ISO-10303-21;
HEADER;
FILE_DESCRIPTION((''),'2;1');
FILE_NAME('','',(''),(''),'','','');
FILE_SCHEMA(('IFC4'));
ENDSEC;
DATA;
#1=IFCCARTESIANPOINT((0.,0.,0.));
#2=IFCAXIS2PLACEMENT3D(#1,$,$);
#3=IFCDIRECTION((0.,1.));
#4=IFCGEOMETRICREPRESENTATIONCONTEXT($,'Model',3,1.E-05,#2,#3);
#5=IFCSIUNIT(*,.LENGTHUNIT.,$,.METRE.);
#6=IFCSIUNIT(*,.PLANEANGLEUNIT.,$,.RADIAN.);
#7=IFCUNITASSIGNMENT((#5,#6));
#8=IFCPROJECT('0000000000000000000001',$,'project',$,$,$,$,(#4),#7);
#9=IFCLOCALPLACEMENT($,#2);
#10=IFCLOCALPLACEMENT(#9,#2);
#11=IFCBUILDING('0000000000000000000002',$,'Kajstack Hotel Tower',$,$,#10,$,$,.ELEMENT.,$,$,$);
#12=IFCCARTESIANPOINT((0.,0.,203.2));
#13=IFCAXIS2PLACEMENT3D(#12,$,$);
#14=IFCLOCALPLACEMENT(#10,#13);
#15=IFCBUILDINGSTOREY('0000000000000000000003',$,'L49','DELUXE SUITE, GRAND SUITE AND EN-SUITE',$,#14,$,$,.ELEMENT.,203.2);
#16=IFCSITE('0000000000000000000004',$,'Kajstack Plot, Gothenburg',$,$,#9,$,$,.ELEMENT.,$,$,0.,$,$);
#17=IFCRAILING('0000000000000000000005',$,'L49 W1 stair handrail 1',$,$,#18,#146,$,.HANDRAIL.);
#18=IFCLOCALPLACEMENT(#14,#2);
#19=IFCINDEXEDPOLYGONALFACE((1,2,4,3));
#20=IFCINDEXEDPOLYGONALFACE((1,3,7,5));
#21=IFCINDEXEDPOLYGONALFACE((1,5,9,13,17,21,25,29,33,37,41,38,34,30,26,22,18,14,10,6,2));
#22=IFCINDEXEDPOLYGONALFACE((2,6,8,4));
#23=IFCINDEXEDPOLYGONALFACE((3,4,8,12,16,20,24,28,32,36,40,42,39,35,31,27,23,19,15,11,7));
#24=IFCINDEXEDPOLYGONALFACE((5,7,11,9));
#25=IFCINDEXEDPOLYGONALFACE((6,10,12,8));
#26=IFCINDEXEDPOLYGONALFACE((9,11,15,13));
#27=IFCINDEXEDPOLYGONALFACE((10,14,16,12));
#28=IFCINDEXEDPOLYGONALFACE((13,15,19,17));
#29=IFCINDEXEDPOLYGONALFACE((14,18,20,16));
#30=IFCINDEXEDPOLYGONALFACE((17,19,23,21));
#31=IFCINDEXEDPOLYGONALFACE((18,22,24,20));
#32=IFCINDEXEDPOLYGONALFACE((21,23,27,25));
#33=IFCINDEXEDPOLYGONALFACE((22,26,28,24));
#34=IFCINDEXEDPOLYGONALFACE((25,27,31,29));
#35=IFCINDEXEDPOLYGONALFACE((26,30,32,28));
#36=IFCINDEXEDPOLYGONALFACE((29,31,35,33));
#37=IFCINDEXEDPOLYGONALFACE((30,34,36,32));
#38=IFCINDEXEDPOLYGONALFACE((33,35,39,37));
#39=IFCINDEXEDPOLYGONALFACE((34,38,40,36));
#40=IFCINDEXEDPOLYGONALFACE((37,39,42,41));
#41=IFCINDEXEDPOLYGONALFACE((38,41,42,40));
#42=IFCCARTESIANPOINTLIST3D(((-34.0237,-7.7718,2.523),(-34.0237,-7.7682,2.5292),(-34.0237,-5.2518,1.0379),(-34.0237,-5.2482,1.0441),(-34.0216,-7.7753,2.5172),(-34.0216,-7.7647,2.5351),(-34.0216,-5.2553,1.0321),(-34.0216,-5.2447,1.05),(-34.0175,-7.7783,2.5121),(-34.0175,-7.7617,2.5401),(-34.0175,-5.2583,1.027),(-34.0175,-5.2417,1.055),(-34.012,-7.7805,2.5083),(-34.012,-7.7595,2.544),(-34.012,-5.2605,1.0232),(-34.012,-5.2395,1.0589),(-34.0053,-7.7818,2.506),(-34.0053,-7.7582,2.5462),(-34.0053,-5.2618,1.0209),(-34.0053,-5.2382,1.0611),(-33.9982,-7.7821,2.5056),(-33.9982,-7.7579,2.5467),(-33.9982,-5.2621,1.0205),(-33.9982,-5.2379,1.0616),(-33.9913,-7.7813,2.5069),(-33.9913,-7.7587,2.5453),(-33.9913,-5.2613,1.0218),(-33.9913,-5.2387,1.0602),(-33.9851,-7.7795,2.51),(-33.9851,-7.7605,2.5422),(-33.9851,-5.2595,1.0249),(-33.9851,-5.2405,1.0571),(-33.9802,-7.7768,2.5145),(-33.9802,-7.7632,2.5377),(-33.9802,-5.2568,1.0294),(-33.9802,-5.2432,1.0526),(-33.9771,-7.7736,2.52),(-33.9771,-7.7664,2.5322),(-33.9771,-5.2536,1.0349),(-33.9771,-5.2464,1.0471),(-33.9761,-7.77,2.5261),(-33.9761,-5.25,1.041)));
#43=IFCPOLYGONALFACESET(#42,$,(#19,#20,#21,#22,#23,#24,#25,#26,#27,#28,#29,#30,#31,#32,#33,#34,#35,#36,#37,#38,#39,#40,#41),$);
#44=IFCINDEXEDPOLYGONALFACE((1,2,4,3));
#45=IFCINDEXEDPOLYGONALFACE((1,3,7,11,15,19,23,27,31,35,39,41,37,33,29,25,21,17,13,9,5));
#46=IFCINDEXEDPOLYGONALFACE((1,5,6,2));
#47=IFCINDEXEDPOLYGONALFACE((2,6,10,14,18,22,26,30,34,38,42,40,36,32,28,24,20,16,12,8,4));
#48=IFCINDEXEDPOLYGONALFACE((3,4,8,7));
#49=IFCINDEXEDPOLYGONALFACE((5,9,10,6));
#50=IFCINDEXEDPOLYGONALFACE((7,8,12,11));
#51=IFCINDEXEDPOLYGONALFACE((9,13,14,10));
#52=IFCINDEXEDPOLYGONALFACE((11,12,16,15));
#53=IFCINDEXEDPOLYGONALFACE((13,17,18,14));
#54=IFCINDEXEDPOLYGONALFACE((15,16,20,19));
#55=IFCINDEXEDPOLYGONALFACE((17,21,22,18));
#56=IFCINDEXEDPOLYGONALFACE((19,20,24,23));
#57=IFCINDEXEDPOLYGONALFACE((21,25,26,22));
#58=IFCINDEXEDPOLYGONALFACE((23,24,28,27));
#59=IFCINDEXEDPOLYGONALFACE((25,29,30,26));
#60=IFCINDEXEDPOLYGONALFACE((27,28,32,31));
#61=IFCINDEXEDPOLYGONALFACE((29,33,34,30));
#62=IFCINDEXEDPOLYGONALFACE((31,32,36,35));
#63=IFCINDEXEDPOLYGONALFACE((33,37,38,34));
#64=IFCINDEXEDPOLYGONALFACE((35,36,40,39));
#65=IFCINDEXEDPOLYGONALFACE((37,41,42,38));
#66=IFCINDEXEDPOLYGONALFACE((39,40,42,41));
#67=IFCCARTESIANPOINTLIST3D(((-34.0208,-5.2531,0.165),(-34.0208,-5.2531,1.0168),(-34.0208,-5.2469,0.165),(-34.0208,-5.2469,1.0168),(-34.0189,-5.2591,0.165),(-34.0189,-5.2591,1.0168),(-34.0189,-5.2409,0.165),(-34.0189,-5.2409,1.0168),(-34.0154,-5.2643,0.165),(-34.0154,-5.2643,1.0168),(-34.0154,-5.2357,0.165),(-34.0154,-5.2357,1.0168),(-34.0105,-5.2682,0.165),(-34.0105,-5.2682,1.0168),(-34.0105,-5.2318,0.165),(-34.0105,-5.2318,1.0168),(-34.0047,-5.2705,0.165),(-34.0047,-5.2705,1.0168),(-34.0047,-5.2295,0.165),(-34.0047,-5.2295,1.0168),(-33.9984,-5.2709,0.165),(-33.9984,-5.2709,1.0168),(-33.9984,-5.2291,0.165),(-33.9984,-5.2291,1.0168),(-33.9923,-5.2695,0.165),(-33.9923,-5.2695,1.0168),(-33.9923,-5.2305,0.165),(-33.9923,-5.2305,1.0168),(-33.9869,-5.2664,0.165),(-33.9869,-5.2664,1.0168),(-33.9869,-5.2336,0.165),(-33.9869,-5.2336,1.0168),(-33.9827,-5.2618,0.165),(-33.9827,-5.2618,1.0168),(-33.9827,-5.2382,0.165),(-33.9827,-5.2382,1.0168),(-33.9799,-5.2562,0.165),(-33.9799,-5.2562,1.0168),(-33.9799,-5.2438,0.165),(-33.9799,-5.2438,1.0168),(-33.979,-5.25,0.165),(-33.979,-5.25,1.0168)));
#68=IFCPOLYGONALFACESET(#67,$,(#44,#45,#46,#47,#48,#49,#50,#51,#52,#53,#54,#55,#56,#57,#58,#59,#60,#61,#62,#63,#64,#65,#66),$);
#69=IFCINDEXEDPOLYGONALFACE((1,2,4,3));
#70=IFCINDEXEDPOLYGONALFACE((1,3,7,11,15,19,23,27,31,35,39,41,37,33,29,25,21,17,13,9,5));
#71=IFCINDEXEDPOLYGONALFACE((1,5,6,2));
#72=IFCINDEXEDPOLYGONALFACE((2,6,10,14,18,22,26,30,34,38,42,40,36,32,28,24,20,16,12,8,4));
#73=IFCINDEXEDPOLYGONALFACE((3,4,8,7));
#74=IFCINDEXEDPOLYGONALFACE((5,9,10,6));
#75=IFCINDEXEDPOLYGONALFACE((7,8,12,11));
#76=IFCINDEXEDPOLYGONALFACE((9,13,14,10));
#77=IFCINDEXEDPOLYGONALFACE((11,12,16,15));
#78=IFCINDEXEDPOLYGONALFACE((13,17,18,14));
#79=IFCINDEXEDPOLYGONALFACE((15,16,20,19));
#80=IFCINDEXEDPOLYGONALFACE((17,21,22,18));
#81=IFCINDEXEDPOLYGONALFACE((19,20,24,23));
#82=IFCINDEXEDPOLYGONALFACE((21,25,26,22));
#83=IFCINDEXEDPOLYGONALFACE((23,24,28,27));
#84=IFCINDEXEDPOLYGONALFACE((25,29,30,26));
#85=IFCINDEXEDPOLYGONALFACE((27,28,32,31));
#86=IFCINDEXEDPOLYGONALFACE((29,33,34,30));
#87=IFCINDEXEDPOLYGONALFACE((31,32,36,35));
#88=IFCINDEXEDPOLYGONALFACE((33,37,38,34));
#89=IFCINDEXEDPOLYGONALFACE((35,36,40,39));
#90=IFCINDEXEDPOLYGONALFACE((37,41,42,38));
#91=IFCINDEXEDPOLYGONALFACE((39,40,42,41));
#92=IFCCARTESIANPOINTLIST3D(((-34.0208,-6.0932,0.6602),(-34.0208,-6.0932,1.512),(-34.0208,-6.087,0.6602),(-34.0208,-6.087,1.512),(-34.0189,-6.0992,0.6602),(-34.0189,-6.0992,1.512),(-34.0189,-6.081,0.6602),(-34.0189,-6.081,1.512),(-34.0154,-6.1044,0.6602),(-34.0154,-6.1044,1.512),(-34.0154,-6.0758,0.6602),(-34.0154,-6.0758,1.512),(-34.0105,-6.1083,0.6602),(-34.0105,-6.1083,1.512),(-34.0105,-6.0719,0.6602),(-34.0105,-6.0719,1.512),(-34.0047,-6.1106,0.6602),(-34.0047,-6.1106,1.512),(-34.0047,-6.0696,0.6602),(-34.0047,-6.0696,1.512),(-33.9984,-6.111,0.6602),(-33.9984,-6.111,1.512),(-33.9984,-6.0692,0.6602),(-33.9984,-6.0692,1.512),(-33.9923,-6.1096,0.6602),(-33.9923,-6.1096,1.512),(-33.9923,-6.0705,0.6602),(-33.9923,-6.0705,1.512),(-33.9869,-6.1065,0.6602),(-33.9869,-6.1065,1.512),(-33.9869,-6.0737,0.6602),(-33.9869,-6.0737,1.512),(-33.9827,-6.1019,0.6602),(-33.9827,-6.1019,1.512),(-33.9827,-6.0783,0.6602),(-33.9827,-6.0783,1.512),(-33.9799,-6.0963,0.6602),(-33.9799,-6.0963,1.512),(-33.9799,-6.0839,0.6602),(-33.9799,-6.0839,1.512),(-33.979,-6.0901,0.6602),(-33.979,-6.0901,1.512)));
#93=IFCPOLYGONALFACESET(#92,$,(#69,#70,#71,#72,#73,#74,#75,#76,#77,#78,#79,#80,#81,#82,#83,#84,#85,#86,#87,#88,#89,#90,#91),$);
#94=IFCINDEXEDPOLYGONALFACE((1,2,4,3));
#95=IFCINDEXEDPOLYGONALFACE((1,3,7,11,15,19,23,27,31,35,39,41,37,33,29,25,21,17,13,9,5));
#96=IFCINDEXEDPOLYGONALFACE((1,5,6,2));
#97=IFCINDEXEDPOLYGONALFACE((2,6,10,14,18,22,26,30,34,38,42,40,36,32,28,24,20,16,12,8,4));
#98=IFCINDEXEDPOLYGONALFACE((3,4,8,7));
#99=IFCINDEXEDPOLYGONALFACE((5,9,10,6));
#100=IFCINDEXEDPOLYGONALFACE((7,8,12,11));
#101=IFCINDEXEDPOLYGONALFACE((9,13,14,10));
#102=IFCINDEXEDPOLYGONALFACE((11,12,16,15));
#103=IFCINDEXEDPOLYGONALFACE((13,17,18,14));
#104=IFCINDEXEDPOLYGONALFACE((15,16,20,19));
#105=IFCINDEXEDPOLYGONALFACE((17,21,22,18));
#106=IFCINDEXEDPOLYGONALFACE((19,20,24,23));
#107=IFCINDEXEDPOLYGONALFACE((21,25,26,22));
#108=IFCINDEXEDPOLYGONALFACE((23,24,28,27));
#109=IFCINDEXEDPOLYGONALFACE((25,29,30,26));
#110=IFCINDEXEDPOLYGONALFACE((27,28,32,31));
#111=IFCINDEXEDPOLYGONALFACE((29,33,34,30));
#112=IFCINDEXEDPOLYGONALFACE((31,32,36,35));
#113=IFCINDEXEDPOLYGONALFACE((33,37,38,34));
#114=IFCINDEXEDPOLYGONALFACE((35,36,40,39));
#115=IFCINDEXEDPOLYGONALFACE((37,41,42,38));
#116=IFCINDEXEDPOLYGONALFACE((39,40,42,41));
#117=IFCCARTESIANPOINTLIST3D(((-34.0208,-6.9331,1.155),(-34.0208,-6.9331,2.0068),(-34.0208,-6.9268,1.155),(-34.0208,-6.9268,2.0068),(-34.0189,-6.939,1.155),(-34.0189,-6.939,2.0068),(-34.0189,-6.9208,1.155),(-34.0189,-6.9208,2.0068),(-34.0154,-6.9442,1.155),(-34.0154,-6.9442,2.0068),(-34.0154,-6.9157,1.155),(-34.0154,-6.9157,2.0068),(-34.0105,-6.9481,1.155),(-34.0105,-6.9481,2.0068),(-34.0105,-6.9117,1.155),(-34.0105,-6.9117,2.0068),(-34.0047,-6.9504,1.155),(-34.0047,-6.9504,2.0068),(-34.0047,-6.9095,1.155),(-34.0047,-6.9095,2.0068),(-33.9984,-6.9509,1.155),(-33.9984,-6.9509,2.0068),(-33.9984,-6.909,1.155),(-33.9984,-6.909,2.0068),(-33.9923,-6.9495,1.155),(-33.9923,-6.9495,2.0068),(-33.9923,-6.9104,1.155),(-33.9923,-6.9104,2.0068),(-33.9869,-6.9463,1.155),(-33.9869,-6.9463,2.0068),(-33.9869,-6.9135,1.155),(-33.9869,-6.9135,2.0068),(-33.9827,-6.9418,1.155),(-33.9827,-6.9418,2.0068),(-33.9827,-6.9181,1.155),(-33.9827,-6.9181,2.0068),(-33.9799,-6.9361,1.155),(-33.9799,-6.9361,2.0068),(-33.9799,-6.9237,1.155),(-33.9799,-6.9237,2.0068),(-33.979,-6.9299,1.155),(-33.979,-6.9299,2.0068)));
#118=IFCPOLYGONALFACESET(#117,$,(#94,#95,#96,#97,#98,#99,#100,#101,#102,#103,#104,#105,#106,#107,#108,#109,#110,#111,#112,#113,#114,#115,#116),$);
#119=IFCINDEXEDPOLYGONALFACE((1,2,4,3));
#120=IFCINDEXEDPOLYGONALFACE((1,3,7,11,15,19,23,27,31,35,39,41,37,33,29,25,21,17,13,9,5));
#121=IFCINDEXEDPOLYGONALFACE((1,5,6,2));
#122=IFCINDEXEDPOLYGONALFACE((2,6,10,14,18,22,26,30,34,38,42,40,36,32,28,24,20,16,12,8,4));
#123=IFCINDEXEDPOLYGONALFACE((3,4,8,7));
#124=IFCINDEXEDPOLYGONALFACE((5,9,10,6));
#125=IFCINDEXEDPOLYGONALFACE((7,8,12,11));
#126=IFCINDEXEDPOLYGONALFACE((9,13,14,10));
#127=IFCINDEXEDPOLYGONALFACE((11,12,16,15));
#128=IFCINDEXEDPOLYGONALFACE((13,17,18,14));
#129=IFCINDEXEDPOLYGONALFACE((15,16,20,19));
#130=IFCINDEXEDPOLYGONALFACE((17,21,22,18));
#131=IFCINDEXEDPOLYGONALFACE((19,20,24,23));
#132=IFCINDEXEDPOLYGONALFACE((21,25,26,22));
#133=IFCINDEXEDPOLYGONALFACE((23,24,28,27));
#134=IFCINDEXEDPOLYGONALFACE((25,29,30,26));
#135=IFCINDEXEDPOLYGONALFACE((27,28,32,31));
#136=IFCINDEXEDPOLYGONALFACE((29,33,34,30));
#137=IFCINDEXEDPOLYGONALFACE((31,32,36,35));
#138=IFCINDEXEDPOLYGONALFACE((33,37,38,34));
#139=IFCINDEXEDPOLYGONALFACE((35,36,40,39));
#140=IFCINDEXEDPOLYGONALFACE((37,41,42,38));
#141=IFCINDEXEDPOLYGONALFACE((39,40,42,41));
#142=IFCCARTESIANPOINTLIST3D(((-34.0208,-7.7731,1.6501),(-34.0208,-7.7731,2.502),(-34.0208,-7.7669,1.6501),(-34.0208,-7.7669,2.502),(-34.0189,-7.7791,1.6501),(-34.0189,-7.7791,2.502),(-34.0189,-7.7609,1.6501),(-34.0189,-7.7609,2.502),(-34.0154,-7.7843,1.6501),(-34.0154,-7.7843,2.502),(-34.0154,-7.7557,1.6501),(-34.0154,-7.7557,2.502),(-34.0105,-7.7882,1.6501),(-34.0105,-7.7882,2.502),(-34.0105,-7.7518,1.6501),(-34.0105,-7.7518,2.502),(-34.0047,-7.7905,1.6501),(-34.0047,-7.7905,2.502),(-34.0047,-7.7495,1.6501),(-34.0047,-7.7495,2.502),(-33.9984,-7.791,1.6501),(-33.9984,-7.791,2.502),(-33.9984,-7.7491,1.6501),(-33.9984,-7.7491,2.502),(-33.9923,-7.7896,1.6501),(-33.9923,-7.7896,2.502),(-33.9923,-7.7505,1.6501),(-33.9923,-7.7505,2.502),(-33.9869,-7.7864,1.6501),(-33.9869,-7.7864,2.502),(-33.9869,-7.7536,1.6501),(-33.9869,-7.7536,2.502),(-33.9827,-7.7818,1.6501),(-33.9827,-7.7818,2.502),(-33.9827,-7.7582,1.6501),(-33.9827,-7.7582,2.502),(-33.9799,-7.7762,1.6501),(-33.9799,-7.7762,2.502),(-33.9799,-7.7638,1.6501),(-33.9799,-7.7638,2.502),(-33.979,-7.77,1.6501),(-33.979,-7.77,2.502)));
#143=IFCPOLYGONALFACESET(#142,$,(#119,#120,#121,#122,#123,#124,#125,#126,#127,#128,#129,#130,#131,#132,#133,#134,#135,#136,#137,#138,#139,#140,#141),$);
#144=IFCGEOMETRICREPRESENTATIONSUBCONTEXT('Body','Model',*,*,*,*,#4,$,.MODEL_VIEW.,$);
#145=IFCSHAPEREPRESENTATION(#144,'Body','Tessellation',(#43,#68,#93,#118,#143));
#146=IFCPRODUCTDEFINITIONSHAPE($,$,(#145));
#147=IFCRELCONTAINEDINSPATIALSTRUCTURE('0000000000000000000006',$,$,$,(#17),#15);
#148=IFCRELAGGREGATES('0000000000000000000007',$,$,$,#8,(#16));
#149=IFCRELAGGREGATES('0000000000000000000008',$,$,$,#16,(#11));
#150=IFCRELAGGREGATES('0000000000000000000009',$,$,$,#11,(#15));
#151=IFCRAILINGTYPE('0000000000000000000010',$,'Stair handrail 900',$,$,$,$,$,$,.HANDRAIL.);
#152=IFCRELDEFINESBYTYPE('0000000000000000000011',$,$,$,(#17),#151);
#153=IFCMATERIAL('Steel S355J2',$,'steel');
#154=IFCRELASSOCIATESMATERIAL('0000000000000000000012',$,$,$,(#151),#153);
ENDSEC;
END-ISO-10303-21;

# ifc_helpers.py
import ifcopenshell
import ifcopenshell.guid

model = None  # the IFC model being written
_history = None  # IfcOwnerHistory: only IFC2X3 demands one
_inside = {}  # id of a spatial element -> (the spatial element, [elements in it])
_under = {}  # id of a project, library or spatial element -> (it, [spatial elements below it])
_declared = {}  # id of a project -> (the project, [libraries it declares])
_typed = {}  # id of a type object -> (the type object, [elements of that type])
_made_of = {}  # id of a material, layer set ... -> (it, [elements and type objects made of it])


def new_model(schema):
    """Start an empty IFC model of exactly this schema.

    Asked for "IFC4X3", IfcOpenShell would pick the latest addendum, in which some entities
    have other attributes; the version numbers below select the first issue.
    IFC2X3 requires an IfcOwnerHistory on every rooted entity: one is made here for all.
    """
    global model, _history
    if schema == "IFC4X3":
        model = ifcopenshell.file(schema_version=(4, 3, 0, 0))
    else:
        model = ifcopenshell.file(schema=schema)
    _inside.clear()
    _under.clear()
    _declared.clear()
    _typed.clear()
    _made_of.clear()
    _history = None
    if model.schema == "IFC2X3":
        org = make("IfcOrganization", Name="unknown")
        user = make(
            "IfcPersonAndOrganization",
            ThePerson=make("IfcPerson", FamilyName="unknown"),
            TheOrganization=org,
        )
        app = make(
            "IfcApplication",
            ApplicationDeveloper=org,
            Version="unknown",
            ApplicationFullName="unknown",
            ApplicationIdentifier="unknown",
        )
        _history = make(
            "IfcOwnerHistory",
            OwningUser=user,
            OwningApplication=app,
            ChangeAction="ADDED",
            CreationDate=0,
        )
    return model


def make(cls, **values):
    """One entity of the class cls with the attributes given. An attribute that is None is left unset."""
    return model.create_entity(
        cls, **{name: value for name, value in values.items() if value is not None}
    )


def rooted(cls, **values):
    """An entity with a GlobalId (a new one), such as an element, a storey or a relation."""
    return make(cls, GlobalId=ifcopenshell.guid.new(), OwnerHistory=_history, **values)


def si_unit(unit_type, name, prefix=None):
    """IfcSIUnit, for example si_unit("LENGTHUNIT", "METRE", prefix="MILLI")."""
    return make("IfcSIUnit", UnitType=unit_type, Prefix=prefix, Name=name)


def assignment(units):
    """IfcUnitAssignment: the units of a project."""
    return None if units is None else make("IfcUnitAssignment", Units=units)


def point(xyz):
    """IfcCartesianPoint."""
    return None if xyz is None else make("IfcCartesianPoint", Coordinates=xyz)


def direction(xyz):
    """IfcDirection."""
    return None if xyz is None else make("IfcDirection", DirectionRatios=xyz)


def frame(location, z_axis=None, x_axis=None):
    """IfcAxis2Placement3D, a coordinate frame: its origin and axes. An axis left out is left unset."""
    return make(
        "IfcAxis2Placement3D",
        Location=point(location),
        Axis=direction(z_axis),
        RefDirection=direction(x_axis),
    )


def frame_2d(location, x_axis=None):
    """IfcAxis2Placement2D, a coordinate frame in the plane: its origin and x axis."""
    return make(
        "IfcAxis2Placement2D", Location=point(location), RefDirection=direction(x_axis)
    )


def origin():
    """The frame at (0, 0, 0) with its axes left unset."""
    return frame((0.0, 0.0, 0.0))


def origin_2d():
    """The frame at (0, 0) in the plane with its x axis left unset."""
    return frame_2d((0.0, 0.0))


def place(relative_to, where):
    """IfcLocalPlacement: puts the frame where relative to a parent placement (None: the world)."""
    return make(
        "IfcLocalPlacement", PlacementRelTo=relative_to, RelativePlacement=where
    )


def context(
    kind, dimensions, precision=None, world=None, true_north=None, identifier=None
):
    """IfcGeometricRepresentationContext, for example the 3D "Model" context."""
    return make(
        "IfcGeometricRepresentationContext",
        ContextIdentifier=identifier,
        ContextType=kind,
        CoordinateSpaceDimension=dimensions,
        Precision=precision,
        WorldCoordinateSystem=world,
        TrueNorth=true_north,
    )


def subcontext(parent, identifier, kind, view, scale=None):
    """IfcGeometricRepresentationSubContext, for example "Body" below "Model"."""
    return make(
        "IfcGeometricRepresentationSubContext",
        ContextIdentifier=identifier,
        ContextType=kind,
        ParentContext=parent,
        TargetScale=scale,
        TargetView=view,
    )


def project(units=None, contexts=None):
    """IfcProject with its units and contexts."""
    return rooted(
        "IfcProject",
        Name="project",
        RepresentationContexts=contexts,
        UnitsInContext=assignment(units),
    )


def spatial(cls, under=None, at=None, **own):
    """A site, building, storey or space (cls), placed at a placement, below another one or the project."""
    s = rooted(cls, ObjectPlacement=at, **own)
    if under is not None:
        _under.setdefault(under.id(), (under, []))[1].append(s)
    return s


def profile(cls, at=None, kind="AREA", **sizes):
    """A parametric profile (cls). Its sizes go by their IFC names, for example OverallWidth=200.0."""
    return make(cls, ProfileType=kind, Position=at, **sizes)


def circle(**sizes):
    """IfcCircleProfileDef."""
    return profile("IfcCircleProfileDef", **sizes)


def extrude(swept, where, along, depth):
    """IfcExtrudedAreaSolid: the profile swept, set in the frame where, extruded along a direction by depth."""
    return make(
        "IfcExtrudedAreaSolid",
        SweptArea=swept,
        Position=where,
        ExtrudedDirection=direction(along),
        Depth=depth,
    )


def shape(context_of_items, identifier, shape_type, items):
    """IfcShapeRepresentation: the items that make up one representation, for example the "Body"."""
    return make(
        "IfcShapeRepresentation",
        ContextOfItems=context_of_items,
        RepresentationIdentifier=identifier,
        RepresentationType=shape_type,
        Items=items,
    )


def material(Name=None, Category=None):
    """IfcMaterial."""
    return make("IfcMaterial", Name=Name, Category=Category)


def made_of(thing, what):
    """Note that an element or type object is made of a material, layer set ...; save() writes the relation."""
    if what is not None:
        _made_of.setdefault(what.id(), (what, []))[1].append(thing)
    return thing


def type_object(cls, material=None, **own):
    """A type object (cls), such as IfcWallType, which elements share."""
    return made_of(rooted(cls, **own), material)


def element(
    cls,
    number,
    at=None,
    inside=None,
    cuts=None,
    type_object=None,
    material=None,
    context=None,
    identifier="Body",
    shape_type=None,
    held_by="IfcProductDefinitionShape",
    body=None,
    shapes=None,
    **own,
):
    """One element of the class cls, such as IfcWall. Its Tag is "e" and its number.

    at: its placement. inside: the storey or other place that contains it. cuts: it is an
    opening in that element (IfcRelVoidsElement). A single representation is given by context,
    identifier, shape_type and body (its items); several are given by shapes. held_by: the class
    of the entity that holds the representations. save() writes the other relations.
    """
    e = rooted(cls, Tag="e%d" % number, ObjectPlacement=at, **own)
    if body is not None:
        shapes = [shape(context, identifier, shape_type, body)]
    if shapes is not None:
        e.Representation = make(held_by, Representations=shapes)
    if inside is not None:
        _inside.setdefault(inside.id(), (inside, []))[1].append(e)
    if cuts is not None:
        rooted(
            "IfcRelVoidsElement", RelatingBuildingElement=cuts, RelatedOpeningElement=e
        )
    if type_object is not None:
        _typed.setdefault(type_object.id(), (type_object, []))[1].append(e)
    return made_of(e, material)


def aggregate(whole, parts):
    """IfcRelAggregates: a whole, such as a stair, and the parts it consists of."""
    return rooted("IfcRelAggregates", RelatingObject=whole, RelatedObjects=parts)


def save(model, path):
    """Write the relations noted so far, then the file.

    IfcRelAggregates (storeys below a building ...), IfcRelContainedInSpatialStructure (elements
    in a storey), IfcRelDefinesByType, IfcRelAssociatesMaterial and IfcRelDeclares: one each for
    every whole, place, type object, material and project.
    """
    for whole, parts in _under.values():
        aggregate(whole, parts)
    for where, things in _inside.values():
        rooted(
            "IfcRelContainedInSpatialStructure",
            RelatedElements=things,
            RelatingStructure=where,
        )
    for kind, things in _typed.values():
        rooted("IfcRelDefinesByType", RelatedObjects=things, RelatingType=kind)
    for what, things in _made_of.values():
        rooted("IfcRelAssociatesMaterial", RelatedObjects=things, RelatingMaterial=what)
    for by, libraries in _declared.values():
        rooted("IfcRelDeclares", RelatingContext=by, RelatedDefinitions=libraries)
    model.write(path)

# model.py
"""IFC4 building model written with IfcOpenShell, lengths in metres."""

from ifc_helpers import new_model, si_unit, direction, frame, origin, origin_2d, place, context, subcontext, project, spatial, circle, extrude, material, type_object, element, save


model = new_model("IFC4")

# Units and contexts
model_context = context("Model", 3, precision=1e-05, world=origin(), true_north=direction((0.0, 1.0)))
body_context = subcontext(model_context, "Body", "Model", "MODEL_VIEW")
ifc_project = project(units=[si_unit("LENGTHUNIT", "METRE"), si_unit("PLANEANGLEUNIT", "RADIAN")], contexts=[model_context])

# Site, building, storey
site_placement = place(None, origin())
site = spatial("IfcSite", under=ifc_project, at=site_placement, Name="Kajstack Plot, Gothenburg", CompositionType="ELEMENT", RefElevation=0.0)
building_placement = place(site_placement, origin())
building = spatial("IfcBuilding", under=site, at=building_placement, Name="Kajstack Hotel Tower", CompositionType="ELEMENT")
storey_placement = place(building_placement, frame((0.0, 0.0, 203.2)))
storey = spatial("IfcBuildingStorey", under=building, at=storey_placement, Name="L49", Description="DELUXE SUITE, GRAND SUITE AND EN-SUITE", CompositionType="ELEMENT", Elevation=203.2)

# Railing
ifc_material_1 = material(Name="Steel S355J2", Category="steel")
railing_type = type_object("IfcRailingType", Name="Stair handrail 900", PredefinedType="HANDRAIL", material=ifc_material_1)
railing_1_placement = place(storey_placement, frame((-34.0, -5.25, 0.165)))
element("IfcRailing", 1, at=railing_1_placement, inside=storey, type_object=railing_type, Name="L49 W1 stair handrail 1", PredefinedType="HANDRAIL", context=body_context, shape_type="SweptSolid", body=[
    extrude(circle(Radius=0.0239, at=origin_2d()), frame((0.0, 0.0, 0.876), z_axis=(0.0, -0.861524, 0.507717), x_axis=(1.0, 0.0, 0.0)), (0.0, 0.0, 1.0), 2.925),
    extrude(circle(Radius=0.021, at=origin_2d()), origin(), (0.0, 0.0, 1.0), 0.8518),
    extrude(circle(Radius=0.021, at=origin_2d()), frame((0.0, -0.8401, 0.4951)), (0.0, 0.0, 1.0), 0.8518),
    extrude(circle(Radius=0.021, at=origin_2d()), frame((0.0, -1.6799, 0.99)), (0.0, 0.0, 1.0), 0.8518),
    extrude(circle(Radius=0.021, at=origin_2d()), frame((0.0, -2.52, 1.4851)), (0.0, 0.0, 1.0), 0.8518),
])

save(model, "model.ifc")
